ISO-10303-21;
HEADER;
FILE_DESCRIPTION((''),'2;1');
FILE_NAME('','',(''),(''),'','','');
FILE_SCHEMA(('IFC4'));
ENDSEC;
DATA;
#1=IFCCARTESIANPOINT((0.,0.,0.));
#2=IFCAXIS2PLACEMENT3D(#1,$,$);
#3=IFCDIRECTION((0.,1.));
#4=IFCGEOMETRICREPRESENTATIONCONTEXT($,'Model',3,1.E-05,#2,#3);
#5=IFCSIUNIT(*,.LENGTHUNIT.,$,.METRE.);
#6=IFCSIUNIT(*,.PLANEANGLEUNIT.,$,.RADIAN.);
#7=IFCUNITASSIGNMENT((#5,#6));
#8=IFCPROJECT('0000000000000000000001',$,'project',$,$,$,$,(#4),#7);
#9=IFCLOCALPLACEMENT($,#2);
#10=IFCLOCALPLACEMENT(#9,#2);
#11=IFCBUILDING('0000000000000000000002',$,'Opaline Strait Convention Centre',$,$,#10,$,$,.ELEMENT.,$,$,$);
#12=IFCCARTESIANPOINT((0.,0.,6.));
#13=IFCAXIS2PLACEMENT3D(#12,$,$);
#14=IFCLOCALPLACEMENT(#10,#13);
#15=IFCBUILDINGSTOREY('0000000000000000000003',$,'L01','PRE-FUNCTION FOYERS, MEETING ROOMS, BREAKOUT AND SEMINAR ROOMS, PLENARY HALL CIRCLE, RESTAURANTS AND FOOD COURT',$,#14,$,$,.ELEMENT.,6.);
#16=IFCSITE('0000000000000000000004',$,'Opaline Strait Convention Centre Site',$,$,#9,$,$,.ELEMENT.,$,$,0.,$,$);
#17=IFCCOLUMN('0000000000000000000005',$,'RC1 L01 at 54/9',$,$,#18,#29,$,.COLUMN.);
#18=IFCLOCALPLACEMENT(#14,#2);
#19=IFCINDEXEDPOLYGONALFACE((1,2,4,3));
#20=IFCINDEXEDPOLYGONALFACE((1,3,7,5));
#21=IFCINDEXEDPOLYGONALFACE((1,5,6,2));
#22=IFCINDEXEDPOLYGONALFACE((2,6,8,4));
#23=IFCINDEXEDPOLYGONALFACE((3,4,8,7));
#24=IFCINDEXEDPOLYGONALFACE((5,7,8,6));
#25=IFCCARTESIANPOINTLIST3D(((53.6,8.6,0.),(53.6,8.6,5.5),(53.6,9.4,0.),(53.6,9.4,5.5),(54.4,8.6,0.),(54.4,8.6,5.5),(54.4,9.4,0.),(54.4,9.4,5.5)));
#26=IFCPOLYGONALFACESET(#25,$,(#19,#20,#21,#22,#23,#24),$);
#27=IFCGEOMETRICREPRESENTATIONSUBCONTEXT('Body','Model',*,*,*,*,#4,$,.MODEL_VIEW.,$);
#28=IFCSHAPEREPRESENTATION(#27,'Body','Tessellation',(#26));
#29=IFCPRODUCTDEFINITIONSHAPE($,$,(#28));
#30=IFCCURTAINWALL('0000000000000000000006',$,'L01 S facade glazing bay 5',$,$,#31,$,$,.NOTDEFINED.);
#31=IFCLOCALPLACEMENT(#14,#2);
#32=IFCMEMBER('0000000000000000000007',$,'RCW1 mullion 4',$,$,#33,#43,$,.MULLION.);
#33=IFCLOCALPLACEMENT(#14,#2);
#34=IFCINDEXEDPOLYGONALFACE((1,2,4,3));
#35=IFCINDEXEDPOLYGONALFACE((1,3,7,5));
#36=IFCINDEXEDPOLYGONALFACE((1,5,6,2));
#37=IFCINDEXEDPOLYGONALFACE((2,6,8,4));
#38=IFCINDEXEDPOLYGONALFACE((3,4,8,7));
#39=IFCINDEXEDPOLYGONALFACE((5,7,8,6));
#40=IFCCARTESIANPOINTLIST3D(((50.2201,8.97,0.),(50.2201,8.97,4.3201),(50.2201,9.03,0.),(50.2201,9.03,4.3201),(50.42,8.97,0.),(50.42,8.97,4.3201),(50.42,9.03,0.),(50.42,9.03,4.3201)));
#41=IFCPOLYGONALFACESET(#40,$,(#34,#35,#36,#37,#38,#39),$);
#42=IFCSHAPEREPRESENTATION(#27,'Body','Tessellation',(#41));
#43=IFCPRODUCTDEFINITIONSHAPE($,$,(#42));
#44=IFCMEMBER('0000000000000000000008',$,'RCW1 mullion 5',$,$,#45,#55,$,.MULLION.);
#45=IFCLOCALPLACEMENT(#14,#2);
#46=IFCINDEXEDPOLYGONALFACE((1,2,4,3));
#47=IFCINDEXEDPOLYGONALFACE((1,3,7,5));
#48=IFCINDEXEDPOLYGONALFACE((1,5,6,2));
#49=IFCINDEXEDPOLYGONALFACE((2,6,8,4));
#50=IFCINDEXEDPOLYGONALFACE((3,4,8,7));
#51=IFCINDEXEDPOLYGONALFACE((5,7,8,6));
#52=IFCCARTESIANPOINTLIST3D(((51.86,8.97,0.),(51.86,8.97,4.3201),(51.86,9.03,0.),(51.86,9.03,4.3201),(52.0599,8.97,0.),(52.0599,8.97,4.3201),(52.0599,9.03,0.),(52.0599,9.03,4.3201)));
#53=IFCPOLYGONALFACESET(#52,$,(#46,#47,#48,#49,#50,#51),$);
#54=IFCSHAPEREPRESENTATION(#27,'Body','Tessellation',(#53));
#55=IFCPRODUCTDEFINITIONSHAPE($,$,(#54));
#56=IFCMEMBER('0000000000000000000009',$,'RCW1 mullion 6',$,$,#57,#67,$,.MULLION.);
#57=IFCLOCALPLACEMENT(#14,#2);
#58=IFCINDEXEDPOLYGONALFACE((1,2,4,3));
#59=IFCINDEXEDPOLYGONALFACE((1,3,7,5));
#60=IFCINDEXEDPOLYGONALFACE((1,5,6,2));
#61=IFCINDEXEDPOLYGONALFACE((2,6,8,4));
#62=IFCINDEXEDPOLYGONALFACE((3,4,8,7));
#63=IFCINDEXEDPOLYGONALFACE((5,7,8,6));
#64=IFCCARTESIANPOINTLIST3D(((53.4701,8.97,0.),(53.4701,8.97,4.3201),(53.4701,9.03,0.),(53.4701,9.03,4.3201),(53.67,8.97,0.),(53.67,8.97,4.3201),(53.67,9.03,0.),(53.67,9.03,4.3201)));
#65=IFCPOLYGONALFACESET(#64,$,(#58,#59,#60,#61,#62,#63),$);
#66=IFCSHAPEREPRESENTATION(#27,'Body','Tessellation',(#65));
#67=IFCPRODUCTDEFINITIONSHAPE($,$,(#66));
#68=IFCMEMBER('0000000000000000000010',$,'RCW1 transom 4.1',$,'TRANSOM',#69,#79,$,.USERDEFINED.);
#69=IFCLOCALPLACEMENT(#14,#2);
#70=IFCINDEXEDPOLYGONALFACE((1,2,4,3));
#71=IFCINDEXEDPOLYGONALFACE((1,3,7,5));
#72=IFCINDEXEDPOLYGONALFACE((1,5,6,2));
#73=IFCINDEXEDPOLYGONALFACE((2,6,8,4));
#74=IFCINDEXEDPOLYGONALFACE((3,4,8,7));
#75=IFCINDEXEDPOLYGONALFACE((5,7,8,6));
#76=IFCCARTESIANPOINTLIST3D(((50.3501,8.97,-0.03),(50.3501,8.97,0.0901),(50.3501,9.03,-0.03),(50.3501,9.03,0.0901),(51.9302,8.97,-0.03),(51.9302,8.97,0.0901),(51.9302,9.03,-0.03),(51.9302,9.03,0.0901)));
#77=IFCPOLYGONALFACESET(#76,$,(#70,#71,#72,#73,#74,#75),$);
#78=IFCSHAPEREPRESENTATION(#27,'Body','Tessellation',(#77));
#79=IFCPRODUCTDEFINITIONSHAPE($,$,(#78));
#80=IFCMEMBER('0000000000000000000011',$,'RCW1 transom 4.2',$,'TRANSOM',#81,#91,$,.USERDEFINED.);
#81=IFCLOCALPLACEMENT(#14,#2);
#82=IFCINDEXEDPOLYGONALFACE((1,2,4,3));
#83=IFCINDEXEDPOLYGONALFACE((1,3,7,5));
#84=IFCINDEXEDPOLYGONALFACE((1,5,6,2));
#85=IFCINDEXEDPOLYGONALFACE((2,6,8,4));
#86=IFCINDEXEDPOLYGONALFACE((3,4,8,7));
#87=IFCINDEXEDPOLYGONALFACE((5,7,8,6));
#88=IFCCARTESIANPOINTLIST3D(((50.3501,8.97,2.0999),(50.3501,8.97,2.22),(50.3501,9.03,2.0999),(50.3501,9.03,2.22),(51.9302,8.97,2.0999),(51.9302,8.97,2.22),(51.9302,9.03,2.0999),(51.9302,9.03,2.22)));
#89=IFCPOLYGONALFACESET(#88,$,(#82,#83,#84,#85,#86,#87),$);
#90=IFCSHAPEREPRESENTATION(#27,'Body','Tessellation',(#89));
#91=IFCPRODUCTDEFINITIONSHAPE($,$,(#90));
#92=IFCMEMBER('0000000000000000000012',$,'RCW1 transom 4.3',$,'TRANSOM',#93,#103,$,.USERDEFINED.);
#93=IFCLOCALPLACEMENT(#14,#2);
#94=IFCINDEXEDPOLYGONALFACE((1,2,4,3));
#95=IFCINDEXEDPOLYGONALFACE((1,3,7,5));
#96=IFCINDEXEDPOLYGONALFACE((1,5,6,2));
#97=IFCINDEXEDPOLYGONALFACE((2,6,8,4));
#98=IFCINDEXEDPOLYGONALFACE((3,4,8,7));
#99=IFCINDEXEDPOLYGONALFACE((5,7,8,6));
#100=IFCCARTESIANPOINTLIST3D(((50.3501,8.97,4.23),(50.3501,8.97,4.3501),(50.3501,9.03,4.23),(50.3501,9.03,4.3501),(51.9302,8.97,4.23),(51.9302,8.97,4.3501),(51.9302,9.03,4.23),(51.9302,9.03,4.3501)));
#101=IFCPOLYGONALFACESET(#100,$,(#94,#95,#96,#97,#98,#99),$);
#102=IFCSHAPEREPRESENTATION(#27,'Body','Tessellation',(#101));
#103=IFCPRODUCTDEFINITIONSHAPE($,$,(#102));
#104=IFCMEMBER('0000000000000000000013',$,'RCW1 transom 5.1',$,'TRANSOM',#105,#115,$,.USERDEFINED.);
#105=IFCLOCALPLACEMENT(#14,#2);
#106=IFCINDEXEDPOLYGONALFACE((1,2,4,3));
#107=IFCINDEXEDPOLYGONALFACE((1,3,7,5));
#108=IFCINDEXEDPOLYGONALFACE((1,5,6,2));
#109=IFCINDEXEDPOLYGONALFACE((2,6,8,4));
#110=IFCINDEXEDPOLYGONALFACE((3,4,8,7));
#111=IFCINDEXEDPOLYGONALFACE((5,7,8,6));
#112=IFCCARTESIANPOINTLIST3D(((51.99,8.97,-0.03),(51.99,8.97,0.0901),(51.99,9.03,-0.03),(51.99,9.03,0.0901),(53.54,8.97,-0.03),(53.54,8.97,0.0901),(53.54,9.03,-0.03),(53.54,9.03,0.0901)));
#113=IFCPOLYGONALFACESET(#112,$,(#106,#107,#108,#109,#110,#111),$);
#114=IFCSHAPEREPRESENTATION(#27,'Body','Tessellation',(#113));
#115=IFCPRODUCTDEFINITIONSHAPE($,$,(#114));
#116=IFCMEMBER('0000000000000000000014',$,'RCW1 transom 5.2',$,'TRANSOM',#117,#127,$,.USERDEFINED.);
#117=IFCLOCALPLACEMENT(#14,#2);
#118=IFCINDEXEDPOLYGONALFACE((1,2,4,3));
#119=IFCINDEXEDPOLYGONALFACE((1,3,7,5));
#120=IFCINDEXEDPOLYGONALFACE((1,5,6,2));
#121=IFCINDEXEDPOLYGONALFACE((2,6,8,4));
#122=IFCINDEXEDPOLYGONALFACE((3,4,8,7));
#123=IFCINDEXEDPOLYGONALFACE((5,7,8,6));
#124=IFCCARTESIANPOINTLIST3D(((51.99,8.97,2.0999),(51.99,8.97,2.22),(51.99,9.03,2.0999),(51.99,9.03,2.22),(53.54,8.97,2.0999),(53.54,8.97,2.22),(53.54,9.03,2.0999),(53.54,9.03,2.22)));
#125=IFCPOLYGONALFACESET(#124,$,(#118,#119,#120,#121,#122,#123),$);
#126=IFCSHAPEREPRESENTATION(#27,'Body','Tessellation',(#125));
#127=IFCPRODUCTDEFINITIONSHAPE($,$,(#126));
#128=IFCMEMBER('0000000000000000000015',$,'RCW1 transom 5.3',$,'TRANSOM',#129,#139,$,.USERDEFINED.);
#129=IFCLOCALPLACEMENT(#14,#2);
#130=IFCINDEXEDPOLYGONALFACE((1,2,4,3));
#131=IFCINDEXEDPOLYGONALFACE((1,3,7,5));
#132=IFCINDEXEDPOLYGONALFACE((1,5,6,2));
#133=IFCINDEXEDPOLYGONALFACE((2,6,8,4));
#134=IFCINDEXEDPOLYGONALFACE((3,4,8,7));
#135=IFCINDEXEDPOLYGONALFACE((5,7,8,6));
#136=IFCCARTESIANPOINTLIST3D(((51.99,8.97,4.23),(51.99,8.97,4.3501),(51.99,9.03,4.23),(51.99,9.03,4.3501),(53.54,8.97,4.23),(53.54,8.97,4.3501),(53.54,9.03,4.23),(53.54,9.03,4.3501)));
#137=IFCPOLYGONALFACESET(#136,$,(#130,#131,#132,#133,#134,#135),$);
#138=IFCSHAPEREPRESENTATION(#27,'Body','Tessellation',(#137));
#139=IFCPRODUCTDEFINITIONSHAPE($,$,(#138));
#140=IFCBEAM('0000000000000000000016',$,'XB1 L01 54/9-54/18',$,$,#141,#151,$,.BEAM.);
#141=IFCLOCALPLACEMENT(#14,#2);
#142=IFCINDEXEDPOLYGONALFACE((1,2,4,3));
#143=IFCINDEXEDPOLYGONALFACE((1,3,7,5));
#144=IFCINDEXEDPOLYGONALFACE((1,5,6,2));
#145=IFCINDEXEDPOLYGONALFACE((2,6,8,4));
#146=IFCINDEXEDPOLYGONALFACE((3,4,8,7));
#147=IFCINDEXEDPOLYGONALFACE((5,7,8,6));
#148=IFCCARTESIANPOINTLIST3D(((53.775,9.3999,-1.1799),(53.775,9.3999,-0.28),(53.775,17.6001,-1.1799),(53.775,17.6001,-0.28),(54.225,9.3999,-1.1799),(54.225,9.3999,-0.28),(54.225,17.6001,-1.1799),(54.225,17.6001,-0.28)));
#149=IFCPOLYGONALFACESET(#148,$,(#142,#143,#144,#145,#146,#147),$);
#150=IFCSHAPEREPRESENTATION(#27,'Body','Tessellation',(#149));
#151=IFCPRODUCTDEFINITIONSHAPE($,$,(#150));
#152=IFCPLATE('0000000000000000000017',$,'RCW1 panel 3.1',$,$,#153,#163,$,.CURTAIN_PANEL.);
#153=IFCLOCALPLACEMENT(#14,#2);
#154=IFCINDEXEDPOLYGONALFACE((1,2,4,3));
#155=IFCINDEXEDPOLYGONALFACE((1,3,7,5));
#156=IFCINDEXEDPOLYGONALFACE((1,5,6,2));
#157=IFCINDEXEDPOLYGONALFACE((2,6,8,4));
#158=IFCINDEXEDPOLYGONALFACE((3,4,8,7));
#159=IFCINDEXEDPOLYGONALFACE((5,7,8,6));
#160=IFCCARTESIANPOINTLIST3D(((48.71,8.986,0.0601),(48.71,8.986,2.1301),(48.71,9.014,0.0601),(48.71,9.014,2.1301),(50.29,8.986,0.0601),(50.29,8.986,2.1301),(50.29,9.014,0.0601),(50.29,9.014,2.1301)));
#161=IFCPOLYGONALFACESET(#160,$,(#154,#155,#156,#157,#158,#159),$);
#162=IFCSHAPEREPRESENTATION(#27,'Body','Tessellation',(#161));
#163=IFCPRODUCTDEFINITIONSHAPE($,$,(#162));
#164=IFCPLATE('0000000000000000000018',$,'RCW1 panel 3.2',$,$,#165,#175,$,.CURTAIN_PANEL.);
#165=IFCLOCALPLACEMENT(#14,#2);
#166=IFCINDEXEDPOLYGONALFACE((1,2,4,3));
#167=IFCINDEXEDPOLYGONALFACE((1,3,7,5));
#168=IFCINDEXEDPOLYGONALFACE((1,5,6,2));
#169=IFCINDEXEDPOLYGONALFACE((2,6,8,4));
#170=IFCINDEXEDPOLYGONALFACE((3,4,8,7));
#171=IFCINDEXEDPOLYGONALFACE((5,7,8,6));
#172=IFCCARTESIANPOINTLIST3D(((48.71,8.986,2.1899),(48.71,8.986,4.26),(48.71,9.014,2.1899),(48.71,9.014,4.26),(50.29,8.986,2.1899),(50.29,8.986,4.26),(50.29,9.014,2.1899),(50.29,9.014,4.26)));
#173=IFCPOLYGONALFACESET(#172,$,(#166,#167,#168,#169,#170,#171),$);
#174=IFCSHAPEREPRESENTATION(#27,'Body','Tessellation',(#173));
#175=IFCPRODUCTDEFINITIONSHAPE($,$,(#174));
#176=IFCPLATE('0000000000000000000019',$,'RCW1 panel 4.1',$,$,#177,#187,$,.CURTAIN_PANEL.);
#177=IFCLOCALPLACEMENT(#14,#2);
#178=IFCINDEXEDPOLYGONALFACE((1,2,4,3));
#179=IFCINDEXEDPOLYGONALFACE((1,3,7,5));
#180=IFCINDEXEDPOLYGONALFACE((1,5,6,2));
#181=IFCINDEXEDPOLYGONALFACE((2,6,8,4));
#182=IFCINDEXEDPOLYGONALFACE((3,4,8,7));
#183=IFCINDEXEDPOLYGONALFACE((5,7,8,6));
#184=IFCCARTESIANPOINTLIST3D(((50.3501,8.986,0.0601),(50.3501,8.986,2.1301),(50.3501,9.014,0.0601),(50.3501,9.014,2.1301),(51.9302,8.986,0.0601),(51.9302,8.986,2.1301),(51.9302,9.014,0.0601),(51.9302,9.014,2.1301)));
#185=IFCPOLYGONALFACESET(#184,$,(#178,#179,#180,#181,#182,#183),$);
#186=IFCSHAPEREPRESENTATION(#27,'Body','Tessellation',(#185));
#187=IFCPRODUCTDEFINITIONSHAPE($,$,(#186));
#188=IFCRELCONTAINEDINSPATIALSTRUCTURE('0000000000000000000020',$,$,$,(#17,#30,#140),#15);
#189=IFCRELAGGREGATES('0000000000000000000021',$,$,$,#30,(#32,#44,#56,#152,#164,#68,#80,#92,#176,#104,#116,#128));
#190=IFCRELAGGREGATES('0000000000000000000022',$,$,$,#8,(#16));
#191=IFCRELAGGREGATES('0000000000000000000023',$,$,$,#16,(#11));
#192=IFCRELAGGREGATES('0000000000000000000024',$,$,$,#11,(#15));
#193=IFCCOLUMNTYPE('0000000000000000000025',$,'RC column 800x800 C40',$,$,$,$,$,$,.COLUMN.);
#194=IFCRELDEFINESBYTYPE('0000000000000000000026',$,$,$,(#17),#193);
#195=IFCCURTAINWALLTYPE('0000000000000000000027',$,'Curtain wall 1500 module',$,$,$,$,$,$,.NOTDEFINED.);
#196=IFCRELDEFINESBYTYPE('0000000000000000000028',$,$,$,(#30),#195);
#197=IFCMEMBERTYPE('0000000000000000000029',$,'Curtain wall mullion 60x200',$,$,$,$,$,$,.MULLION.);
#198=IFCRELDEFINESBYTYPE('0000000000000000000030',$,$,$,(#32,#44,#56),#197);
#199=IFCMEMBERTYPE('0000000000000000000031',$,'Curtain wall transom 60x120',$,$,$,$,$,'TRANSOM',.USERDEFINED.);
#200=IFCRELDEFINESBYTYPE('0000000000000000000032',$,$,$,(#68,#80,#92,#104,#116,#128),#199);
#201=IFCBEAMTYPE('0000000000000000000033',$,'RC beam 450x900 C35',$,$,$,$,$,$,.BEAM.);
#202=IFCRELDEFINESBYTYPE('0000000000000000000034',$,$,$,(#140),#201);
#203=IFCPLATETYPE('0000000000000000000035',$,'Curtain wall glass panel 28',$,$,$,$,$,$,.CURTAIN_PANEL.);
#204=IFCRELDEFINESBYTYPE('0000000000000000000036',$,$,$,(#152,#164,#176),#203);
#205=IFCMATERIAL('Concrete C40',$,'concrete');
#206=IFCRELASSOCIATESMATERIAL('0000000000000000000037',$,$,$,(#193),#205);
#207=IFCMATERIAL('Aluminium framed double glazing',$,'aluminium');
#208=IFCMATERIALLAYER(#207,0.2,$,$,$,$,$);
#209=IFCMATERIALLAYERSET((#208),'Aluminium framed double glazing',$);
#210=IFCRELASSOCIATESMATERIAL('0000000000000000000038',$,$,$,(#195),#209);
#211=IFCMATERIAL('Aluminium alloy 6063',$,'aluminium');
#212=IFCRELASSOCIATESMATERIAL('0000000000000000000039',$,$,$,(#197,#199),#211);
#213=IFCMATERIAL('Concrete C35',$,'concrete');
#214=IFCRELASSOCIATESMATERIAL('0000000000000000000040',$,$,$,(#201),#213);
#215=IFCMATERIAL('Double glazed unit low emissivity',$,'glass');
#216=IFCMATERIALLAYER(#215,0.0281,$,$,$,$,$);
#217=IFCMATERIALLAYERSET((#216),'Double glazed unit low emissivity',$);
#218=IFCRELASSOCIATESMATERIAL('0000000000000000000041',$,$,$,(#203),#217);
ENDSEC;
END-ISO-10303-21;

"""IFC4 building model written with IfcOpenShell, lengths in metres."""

from ifc_helpers import new_model, si_unit, direction, frame, origin, origin_2d, place, context, subcontext, project, spatial, rectangle, extrude, material, layer, layer_set, material_profile, profile_set, type_object, element, aggregate, save


model = new_model("IFC4")

# Units and contexts
model_context = context("Model", 3, precision=1e-05, world=origin(), true_north=direction((0.0, 1.0)))
body_context = subcontext(model_context, "Body", "Model", "MODEL_VIEW")
ifc_project = project(units=[si_unit("LENGTHUNIT", "METRE"), si_unit("PLANEANGLEUNIT", "RADIAN")], contexts=[model_context])

# Site, building, storey
site_placement = place(None, origin())
site = spatial("IfcSite", under=ifc_project, at=site_placement, Name="Opaline Strait Convention Centre Site", CompositionType="ELEMENT", RefElevation=0.0)
building_placement = place(site_placement, origin())
building = spatial("IfcBuilding", under=site, at=building_placement, Name="Opaline Strait Convention Centre", CompositionType="ELEMENT")
storey_placement = place(building_placement, frame((0.0, 0.0, 6.0)))
storey = spatial("IfcBuildingStorey", under=building, at=storey_placement, Name="L01", Description="PRE-FUNCTION FOYERS, MEETING ROOMS, BREAKOUT AND SEMINAR ROOMS, PLENARY HALL CIRCLE, RESTAURANTS AND FOOD COURT", CompositionType="ELEMENT", Elevation=6.0)

# Column
ifc_material_1 = material(Name="Concrete C40", Category="concrete")
ifc_material_profile_1 = material_profile(ifc_material_1, rectangle(XDim=0.8, YDim=0.8, at=origin_2d()), Name="RC 800x800")
ifc_profile_set_1 = profile_set([ifc_material_profile_1], Name="Concrete C40")
column_type = type_object("IfcColumnType", Name="RC column 800x800 C40", PredefinedType="COLUMN", material=ifc_profile_set_1)
column_placement = place(storey_placement, frame((54.0, 9.0, 0.0), z_axis=(0.0, 0.0, 1.0), x_axis=(1.0, 0.0, 0.0)))
element("IfcColumn", 1, at=column_placement, inside=storey, type_object=column_type, Name="RC1 L01 at 54/9", PredefinedType="COLUMN", context=body_context, shape_type="SweptSolid", body=[
    extrude(rectangle(XDim=0.8, YDim=0.8, at=origin_2d()), origin(), (0.0, 0.0, 1.0), 5.5),
])

# Curtain wall, members
ifc_material_2 = material(Name="Aluminium framed double glazing", Category="aluminium")
ifc_layer_1 = layer(ifc_material_2, 0.2)
ifc_layer_set_1 = layer_set([ifc_layer_1], Name="Aluminium framed double glazing")
curtain_wall_type = type_object("IfcCurtainWallType", Name="Curtain wall 1500 module", PredefinedType="NOTDEFINED", material=ifc_layer_set_1)
curtain_wall_placement = place(storey_placement, origin())
curtain_wall = element("IfcCurtainWall", 2, at=curtain_wall_placement, inside=storey, type_object=curtain_wall_type, Name="L01 S facade glazing bay 5", PredefinedType="NOTDEFINED")
ifc_material_3 = material(Name="Aluminium alloy 6063", Category="aluminium")
ifc_material_profile_2 = material_profile(ifc_material_3, rectangle(XDim=0.0601, YDim=0.2, at=origin_2d()), Name="Curtain wall mullion 60x200")
ifc_profile_set_2 = profile_set([ifc_material_profile_2], Name="Aluminium alloy 6063")
member_type_1 = type_object("IfcMemberType", Name="Curtain wall mullion 60x200", PredefinedType="MULLION", material=ifc_profile_set_2)
member_1_placement = place(storey_placement, frame((50.3201, 9.0, 0.0), z_axis=(0.0, 0.0, 1.0), x_axis=(0.0, 1.0, 0.0)))
member_1 = element("IfcMember", 3, at=member_1_placement, type_object=member_type_1, Name="RCW1 mullion 4", PredefinedType="MULLION", context=body_context, shape_type="SweptSolid", body=[
    extrude(rectangle(XDim=0.0601, YDim=0.2, at=origin_2d()), origin(), (0.0, 0.0, 1.0), 4.3201),
])
member_2_placement = place(storey_placement, frame((51.96, 9.0, 0.0), z_axis=(0.0, 0.0, 1.0), x_axis=(0.0, 1.0, 0.0)))
member_2 = element("IfcMember", 4, at=member_2_placement, type_object=member_type_1, Name="RCW1 mullion 5", PredefinedType="MULLION", context=body_context, shape_type="SweptSolid", body=[
    extrude(rectangle(XDim=0.0601, YDim=0.2, at=origin_2d()), origin(), (0.0, 0.0, 1.0), 4.3201),
])
member_3_placement = place(storey_placement, frame((53.5701, 9.0, 0.0), z_axis=(0.0, 0.0, 1.0), x_axis=(0.0, 1.0, 0.0)))
member_3 = element("IfcMember", 5, at=member_3_placement, type_object=member_type_1, Name="RCW1 mullion 6", PredefinedType="MULLION", context=body_context, shape_type="SweptSolid", body=[
    extrude(rectangle(XDim=0.0601, YDim=0.2, at=origin_2d()), origin(), (0.0, 0.0, 1.0), 4.3201),
])
ifc_material_profile_3 = material_profile(ifc_material_3, rectangle(XDim=0.0601, YDim=0.1201, at=origin_2d()), Name="Curtain wall transom 60x120")
ifc_profile_set_3 = profile_set([ifc_material_profile_3], Name="Aluminium alloy 6063")
member_type_2 = type_object("IfcMemberType", Name="Curtain wall transom 60x120", ElementType="TRANSOM", PredefinedType="USERDEFINED", material=ifc_profile_set_3)
member_4_placement = place(storey_placement, frame((50.3501, 9.0, 0.03), z_axis=(1.0, 0.0, 0.0), x_axis=(0.0, 1.0, 0.0)))
member_4 = element("IfcMember", 6, at=member_4_placement, type_object=member_type_2, Name="RCW1 transom 4.1", ObjectType="TRANSOM", PredefinedType="USERDEFINED", context=body_context, shape_type="SweptSolid", body=[
    extrude(rectangle(XDim=0.0601, YDim=0.1201, at=origin_2d()), origin(), (0.0, 0.0, 1.0), 1.5801),
])
member_5_placement = place(storey_placement, frame((50.3501, 9.0, 2.1599), z_axis=(1.0, 0.0, 0.0), x_axis=(0.0, 1.0, 0.0)))
member_5 = element("IfcMember", 7, at=member_5_placement, type_object=member_type_2, Name="RCW1 transom 4.2", ObjectType="TRANSOM", PredefinedType="USERDEFINED", context=body_context, shape_type="SweptSolid", body=[
    extrude(rectangle(XDim=0.0601, YDim=0.1201, at=origin_2d()), origin(), (0.0, 0.0, 1.0), 1.5801),
])
member_6_placement = place(storey_placement, frame((50.3501, 9.0, 4.29), z_axis=(1.0, 0.0, 0.0), x_axis=(0.0, 1.0, 0.0)))
member_6 = element("IfcMember", 8, at=member_6_placement, type_object=member_type_2, Name="RCW1 transom 4.3", ObjectType="TRANSOM", PredefinedType="USERDEFINED", context=body_context, shape_type="SweptSolid", body=[
    extrude(rectangle(XDim=0.0601, YDim=0.1201, at=origin_2d()), origin(), (0.0, 0.0, 1.0), 1.5801),
])
member_7_placement = place(storey_placement, frame((51.99, 9.0, 0.03), z_axis=(1.0, 0.0, 0.0), x_axis=(0.0, 1.0, 0.0)))
member_7 = element("IfcMember", 9, at=member_7_placement, type_object=member_type_2, Name="RCW1 transom 5.1", ObjectType="TRANSOM", PredefinedType="USERDEFINED", context=body_context, shape_type="SweptSolid", body=[
    extrude(rectangle(XDim=0.0601, YDim=0.1201, at=origin_2d()), origin(), (0.0, 0.0, 1.0), 1.55),
])
member_8_placement = place(storey_placement, frame((51.99, 9.0, 2.1599), z_axis=(1.0, 0.0, 0.0), x_axis=(0.0, 1.0, 0.0)))
member_8 = element("IfcMember", 10, at=member_8_placement, type_object=member_type_2, Name="RCW1 transom 5.2", ObjectType="TRANSOM", PredefinedType="USERDEFINED", context=body_context, shape_type="SweptSolid", body=[
    extrude(rectangle(XDim=0.0601, YDim=0.1201, at=origin_2d()), origin(), (0.0, 0.0, 1.0), 1.55),
])
member_9_placement = place(storey_placement, frame((51.99, 9.0, 4.29), z_axis=(1.0, 0.0, 0.0), x_axis=(0.0, 1.0, 0.0)))
member_9 = element("IfcMember", 11, at=member_9_placement, type_object=member_type_2, Name="RCW1 transom 5.3", ObjectType="TRANSOM", PredefinedType="USERDEFINED", context=body_context, shape_type="SweptSolid", body=[
    extrude(rectangle(XDim=0.0601, YDim=0.1201, at=origin_2d()), origin(), (0.0, 0.0, 1.0), 1.55),
])

# Beam
ifc_material_4 = material(Name="Concrete C35", Category="concrete")
ifc_material_profile_4 = material_profile(ifc_material_4, rectangle(XDim=0.45, YDim=0.8999, at=origin_2d()), Name="RC 450x900")
ifc_profile_set_4 = profile_set([ifc_material_profile_4], Name="Concrete C35")
beam_type = type_object("IfcBeamType", Name="RC beam 450x900 C35", PredefinedType="BEAM", material=ifc_profile_set_4)
beam_placement = place(storey_placement, frame((54.0, 9.3999, -0.73), z_axis=(0.0, 1.0, 0.0), x_axis=(-1.0, 0.0, 0.0)))
element("IfcBeam", 12, at=beam_placement, inside=storey, type_object=beam_type, Name="XB1 L01 54/9-54/18", PredefinedType="BEAM", context=body_context, shape_type="SweptSolid", body=[
    extrude(rectangle(XDim=0.45, YDim=0.8999, at=origin_2d()), origin(), (0.0, 0.0, 1.0), 8.2002),
])

# Plates
ifc_material_5 = material(Name="Double glazed unit low emissivity", Category="glass")
ifc_layer_2 = layer(ifc_material_5, 0.0281)
ifc_layer_set_2 = layer_set([ifc_layer_2], Name="Double glazed unit low emissivity")
plate_type = type_object("IfcPlateType", Name="Curtain wall glass panel 28", PredefinedType="CURTAIN_PANEL", material=ifc_layer_set_2)
plate_1_placement = place(storey_placement, frame((49.5, 9.0, 0.0601), z_axis=(0.0, 0.0, 1.0), x_axis=(1.0, 0.0, 0.0)))
plate_1 = element("IfcPlate", 13, at=plate_1_placement, type_object=plate_type, Name="RCW1 panel 3.1", PredefinedType="CURTAIN_PANEL", context=body_context, shape_type="SweptSolid", body=[
    extrude(rectangle(XDim=1.5801, YDim=0.0281, at=origin_2d()), origin(), (0.0, 0.0, 1.0), 2.0701),
])
plate_2_placement = place(storey_placement, frame((49.5, 9.0, 2.1899), z_axis=(0.0, 0.0, 1.0), x_axis=(1.0, 0.0, 0.0)))
plate_2 = element("IfcPlate", 14, at=plate_2_placement, type_object=plate_type, Name="RCW1 panel 3.2", PredefinedType="CURTAIN_PANEL", context=body_context, shape_type="SweptSolid", body=[
    extrude(rectangle(XDim=1.5801, YDim=0.0281, at=origin_2d()), origin(), (0.0, 0.0, 1.0), 2.0701),
])
plate_3_placement = place(storey_placement, frame((51.1401, 9.0, 0.0601), z_axis=(0.0, 0.0, 1.0), x_axis=(1.0, 0.0, 0.0)))
plate_3 = element("IfcPlate", 15, at=plate_3_placement, type_object=plate_type, Name="RCW1 panel 4.1", PredefinedType="CURTAIN_PANEL", context=body_context, shape_type="SweptSolid", body=[
    extrude(rectangle(XDim=1.5801, YDim=0.0281, at=origin_2d()), origin(), (0.0, 0.0, 1.0), 2.0701),
])
aggregate(curtain_wall, [member_1, member_2, member_3, plate_1, plate_2, member_4, member_5, member_6, plate_3, member_7, member_8, member_9])

save(model, "model.ifc")
